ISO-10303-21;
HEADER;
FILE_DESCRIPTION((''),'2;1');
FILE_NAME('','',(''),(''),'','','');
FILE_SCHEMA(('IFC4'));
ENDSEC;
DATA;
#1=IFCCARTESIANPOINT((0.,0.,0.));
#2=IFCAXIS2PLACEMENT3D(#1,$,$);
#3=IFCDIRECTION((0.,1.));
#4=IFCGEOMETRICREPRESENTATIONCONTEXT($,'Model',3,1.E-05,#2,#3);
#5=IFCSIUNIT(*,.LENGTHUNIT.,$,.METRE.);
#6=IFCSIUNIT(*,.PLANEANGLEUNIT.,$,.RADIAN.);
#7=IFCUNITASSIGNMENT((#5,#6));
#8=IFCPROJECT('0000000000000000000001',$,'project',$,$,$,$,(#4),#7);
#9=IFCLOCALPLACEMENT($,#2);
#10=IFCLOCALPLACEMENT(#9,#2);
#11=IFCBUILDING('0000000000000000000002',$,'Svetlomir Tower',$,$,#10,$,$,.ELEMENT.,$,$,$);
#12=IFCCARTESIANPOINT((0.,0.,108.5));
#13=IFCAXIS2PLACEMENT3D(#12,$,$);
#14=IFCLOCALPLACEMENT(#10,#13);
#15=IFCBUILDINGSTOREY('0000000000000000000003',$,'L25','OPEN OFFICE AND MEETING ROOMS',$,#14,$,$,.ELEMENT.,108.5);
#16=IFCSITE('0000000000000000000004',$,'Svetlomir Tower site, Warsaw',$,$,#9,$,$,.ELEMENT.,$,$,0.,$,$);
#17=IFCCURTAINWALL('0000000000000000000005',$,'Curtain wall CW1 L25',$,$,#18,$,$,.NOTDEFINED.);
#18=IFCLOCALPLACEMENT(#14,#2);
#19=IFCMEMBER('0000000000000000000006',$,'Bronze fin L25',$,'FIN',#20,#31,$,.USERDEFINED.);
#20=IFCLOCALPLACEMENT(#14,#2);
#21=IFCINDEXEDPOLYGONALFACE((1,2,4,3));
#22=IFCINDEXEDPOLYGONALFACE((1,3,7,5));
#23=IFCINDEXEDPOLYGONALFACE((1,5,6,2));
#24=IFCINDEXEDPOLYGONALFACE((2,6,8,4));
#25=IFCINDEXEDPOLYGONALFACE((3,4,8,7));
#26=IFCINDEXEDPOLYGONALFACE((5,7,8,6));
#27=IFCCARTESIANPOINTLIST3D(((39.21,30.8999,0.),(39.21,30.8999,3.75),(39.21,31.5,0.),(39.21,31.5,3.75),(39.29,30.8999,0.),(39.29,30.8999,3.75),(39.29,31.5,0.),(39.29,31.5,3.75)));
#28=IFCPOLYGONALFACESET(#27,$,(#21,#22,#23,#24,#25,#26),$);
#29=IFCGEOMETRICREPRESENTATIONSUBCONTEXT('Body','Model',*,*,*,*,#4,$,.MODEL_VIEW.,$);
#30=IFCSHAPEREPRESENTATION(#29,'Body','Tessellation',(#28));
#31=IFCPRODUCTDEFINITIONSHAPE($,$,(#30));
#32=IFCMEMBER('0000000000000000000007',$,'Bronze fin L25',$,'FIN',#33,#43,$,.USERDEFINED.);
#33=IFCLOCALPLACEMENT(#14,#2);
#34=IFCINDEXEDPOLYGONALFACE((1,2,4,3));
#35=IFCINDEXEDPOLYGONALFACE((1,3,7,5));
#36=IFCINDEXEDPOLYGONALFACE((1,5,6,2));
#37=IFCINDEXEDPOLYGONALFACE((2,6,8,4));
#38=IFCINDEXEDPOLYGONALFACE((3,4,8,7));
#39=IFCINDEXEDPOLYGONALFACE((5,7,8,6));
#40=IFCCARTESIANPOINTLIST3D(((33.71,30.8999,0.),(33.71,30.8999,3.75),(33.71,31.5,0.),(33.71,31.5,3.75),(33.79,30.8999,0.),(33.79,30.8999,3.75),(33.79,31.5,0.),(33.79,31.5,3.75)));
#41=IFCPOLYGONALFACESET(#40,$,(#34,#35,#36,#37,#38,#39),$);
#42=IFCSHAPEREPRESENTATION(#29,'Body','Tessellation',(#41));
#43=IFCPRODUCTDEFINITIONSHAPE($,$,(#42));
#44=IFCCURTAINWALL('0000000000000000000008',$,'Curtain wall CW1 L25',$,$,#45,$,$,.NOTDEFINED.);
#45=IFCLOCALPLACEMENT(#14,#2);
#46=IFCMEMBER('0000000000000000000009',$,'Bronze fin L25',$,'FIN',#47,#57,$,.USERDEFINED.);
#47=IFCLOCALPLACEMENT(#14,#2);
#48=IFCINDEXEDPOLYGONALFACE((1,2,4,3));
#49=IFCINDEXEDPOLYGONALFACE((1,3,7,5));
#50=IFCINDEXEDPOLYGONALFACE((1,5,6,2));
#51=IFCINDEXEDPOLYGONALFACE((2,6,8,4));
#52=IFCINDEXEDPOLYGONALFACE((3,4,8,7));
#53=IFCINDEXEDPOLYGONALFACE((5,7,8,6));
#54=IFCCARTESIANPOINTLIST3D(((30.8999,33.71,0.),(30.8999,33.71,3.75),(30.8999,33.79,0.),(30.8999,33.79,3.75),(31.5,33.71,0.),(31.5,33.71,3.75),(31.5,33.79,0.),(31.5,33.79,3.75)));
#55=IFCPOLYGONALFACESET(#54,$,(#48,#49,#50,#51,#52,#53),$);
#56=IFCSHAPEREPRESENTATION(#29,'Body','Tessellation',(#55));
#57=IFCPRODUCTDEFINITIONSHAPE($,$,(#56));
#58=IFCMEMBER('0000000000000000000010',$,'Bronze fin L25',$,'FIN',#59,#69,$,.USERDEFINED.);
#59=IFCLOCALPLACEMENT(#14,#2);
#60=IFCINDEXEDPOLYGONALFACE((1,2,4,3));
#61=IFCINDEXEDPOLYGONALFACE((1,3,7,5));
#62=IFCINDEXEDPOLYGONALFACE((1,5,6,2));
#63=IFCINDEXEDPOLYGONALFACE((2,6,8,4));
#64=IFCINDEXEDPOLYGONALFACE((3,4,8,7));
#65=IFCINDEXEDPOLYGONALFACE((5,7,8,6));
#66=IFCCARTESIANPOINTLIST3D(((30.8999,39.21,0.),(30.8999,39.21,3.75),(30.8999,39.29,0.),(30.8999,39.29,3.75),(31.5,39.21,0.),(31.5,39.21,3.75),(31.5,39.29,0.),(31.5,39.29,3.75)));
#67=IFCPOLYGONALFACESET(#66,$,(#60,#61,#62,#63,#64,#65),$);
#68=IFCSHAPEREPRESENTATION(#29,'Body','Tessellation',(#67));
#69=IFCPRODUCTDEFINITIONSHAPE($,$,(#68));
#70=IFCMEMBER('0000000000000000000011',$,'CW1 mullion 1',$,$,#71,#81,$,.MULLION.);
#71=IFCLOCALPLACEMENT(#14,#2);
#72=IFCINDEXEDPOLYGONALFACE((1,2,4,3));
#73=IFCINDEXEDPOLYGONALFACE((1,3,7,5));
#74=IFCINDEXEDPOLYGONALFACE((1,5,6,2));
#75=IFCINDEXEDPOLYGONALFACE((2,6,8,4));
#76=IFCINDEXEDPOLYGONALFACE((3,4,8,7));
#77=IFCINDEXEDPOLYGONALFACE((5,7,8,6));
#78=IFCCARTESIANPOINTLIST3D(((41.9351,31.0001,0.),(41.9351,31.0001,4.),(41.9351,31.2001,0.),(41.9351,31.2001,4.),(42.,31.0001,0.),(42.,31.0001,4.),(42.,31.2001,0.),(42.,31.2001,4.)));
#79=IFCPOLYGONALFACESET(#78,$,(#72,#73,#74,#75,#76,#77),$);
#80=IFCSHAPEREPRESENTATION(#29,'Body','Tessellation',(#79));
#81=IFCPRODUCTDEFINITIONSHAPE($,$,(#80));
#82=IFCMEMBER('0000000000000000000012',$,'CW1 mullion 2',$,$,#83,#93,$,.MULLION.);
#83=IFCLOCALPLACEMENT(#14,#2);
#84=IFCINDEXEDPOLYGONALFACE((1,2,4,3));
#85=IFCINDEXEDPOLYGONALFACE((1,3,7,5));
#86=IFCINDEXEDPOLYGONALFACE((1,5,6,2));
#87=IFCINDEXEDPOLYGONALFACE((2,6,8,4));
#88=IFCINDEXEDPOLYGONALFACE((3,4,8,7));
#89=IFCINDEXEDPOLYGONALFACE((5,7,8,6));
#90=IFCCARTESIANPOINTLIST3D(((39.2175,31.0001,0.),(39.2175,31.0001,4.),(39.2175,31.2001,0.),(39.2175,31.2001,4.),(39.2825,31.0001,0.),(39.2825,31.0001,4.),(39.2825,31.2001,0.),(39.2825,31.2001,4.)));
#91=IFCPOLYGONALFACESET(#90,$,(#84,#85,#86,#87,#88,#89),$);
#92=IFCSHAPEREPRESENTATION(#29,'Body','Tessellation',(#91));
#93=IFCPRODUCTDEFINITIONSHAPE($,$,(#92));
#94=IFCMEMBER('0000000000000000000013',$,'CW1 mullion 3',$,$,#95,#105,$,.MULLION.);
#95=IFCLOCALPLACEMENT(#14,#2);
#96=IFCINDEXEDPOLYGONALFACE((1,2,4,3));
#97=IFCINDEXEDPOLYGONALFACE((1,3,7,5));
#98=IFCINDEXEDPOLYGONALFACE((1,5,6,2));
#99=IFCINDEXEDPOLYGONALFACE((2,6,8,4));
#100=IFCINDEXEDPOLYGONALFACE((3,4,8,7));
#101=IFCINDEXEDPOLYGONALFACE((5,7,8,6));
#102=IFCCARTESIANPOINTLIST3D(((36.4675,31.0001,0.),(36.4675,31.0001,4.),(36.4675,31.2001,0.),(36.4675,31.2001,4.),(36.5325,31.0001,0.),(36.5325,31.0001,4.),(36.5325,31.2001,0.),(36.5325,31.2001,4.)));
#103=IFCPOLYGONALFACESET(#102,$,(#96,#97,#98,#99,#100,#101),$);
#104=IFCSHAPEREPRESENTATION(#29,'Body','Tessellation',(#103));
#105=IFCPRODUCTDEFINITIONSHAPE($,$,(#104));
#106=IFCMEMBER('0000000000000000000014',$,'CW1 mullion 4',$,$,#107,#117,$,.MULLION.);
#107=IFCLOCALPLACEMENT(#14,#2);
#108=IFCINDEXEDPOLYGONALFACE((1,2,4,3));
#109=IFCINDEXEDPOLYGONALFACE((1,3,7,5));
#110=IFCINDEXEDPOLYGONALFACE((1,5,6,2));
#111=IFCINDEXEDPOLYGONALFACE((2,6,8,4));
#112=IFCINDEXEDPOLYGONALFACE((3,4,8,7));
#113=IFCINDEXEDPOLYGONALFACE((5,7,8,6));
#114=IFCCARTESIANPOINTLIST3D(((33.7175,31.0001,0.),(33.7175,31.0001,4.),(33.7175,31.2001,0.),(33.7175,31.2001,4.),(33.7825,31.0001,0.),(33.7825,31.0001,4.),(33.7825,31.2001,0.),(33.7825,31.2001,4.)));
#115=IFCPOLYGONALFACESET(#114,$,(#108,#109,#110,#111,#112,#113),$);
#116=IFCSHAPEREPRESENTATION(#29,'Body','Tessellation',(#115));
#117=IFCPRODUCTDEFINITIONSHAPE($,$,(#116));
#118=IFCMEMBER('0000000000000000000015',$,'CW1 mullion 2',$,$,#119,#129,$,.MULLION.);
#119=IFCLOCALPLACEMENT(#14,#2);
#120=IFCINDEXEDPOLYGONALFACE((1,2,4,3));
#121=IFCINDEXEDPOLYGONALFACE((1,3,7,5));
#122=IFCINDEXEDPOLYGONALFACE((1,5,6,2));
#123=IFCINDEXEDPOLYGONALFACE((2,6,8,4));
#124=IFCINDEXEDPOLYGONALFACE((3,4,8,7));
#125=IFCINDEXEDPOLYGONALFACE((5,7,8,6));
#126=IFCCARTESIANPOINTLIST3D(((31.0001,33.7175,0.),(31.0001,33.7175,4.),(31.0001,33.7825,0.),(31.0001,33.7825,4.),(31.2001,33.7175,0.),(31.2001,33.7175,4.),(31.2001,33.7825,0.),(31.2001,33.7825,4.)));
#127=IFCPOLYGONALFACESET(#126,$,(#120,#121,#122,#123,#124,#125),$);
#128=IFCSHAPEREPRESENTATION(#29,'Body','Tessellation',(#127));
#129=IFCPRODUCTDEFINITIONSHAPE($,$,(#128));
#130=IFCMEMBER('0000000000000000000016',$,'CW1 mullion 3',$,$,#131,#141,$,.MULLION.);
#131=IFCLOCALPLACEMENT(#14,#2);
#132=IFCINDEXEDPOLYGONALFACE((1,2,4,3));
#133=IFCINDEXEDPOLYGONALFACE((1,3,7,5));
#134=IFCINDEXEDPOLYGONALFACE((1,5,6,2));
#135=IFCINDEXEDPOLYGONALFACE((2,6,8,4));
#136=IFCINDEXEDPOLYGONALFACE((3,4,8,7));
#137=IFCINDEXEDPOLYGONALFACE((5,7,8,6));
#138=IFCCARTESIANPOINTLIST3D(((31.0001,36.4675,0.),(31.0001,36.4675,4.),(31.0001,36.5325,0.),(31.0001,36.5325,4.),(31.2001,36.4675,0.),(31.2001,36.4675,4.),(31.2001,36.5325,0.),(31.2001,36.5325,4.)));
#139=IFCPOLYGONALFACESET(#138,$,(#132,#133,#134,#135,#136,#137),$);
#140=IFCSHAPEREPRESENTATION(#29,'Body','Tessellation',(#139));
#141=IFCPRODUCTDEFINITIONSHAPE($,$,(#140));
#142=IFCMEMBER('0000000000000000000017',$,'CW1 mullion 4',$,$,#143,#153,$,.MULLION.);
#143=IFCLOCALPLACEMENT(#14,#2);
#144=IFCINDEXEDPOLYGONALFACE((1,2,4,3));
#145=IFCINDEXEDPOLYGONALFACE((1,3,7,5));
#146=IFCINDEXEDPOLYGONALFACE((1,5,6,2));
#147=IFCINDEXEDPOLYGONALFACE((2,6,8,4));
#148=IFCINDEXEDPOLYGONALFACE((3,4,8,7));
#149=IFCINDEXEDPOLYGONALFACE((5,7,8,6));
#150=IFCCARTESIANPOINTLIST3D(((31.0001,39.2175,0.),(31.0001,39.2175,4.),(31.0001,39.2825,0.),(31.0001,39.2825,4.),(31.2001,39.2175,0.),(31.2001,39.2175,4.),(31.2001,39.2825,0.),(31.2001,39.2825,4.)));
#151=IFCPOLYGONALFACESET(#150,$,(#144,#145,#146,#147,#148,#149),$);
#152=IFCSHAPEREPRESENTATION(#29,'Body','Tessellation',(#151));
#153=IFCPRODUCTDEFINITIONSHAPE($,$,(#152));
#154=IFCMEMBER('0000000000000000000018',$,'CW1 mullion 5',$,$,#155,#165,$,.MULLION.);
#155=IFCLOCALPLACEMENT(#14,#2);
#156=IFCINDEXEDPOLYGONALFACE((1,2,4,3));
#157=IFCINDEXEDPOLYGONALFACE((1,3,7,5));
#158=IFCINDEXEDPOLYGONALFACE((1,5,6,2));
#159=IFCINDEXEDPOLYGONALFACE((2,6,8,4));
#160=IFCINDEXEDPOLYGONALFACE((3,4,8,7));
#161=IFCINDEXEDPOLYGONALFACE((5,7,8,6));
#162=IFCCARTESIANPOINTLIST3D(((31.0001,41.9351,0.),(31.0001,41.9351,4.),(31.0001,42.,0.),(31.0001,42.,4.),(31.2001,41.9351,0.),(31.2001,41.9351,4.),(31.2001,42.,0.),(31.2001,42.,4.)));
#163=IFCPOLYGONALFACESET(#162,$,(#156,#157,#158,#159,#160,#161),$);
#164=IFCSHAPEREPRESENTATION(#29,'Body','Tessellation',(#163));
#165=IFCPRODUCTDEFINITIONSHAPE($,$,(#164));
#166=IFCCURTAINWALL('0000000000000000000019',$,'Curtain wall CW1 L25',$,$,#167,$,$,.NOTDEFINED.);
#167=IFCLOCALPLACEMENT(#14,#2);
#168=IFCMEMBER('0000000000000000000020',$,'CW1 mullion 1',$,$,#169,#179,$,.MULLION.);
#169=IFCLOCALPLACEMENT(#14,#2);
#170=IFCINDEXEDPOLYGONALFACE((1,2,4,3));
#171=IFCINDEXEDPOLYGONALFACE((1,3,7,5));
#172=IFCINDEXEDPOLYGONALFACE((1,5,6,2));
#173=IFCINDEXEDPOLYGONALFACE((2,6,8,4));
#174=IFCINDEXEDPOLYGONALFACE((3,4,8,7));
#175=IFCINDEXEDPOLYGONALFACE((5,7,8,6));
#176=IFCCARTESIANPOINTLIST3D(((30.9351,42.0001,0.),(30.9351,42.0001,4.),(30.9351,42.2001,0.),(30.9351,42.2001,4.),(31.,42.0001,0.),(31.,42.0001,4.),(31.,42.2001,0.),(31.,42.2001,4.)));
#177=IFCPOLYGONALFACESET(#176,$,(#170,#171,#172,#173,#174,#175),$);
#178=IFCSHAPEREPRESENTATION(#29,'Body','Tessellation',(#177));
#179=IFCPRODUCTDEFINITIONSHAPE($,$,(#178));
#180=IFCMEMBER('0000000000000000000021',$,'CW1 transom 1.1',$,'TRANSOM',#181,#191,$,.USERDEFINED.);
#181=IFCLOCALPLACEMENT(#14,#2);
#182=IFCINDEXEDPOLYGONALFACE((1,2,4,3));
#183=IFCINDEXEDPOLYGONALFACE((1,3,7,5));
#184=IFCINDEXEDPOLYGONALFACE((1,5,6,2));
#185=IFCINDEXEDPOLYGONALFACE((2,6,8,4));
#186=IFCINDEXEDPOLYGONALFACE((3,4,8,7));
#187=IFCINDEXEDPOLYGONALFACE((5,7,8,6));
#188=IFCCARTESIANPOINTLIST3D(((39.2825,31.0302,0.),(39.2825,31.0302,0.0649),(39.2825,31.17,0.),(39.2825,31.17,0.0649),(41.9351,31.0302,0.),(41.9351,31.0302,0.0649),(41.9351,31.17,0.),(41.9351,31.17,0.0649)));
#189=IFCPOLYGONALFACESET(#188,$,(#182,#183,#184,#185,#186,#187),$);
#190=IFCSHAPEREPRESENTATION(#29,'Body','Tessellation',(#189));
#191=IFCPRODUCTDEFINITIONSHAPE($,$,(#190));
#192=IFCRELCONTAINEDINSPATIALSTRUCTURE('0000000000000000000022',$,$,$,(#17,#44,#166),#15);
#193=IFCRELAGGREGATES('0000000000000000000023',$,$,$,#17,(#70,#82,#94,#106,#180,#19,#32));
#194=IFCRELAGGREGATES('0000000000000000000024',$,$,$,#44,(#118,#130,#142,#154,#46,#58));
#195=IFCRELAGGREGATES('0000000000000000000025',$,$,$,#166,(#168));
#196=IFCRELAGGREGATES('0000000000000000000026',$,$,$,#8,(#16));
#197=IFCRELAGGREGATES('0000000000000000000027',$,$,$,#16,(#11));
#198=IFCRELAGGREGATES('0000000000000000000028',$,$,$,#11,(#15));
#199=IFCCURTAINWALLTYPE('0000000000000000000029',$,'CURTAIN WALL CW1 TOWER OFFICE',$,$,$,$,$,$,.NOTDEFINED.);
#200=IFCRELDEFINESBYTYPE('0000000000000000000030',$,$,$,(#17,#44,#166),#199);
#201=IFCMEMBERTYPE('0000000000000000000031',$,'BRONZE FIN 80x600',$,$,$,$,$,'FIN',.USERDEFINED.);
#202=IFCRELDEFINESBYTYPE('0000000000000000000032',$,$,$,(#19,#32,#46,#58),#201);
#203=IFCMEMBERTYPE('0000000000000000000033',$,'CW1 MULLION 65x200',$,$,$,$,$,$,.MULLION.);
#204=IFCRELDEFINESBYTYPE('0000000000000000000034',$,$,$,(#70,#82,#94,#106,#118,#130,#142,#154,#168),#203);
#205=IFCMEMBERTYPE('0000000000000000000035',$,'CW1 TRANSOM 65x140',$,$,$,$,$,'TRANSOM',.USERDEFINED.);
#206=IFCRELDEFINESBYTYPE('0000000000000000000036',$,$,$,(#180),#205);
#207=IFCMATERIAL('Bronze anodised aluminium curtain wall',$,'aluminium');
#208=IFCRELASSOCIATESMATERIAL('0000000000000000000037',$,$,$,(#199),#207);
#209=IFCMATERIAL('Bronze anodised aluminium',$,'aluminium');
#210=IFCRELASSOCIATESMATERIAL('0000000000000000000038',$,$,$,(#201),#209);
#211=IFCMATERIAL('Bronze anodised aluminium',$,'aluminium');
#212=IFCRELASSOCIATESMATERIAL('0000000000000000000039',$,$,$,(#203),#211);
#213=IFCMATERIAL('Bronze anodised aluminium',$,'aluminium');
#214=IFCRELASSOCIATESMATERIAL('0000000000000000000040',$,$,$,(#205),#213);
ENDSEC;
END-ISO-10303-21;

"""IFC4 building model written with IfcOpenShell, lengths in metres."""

from ifc_helpers import new_model, si_unit, direction, frame, origin, origin_2d, place, context, subcontext, project, spatial, rectangle, extrude, material, material_profile, profile_set, type_object, element, aggregate, save


model = new_model("IFC4")

# Units and contexts
model_context = context("Model", 3, precision=1e-05, world=origin(), true_north=direction((0.0, 1.0)))
body_context = subcontext(model_context, "Body", "Model", "MODEL_VIEW")
ifc_project = project(units=[si_unit("LENGTHUNIT", "METRE"), si_unit("PLANEANGLEUNIT", "RADIAN")], contexts=[model_context])

# Site, building, storey
site_placement = place(None, origin())
site = spatial("IfcSite", under=ifc_project, at=site_placement, Name="Svetlomir Tower site, Warsaw", CompositionType="ELEMENT", RefElevation=0.0)
building_placement = place(site_placement, origin())
building = spatial("IfcBuilding", under=site, at=building_placement, Name="Svetlomir Tower", CompositionType="ELEMENT")
storey_placement = place(building_placement, frame((0.0, 0.0, 108.5)))
storey = spatial("IfcBuildingStorey", under=building, at=storey_placement, Name="L25", Description="OPEN OFFICE AND MEETING ROOMS", CompositionType="ELEMENT", Elevation=108.5)

# Curtain walls, members
ifc_material_1 = material(Name="Bronze anodised aluminium curtain wall", Category="aluminium")
curtain_wall_type = type_object("IfcCurtainWallType", Name="CURTAIN WALL CW1 TOWER OFFICE", PredefinedType="NOTDEFINED", material=ifc_material_1)
curtain_wall_1_placement = place(storey_placement, origin())
curtain_wall_1 = element("IfcCurtainWall", 1, at=curtain_wall_1_placement, inside=storey, type_object=curtain_wall_type, Name="Curtain wall CW1 L25", PredefinedType="NOTDEFINED")
ifc_material_2 = material(Name="Bronze anodised aluminium", Category="aluminium")
ifc_material_profile_1 = material_profile(ifc_material_2, rectangle(XDim=0.0801, YDim=0.6001, at=origin_2d()), Name="FIN 80x600")
ifc_profile_set_1 = profile_set([ifc_material_profile_1], Name="Bronze anodised aluminium 6063-T6")
member_type_1 = type_object("IfcMemberType", Name="BRONZE FIN 80x600", ElementType="FIN", PredefinedType="USERDEFINED", material=ifc_profile_set_1)
member_1_placement = place(storey_placement, frame((39.25, 31.2, 0.0), z_axis=(0.0, 0.0, 1.0), x_axis=(1.0, 0.0, 0.0)))
member_1 = element("IfcMember", 2, at=member_1_placement, type_object=member_type_1, Name="Bronze fin L25", ObjectType="FIN", PredefinedType="USERDEFINED", context=body_context, shape_type="SweptSolid", body=[
    extrude(rectangle(XDim=0.0801, YDim=0.6001, at=origin_2d()), origin(), (0.0, 0.0, 1.0), 3.75),
])
member_2_placement = place(storey_placement, frame((33.75, 31.2, 0.0), z_axis=(0.0, 0.0, 1.0), x_axis=(1.0, 0.0, 0.0)))
member_2 = element("IfcMember", 3, at=member_2_placement, type_object=member_type_1, Name="Bronze fin L25", ObjectType="FIN", PredefinedType="USERDEFINED", context=body_context, shape_type="SweptSolid", body=[
    extrude(rectangle(XDim=0.0801, YDim=0.6001, at=origin_2d()), origin(), (0.0, 0.0, 1.0), 3.75),
])
curtain_wall_2_placement = place(storey_placement, origin())
curtain_wall_2 = element("IfcCurtainWall", 4, at=curtain_wall_2_placement, inside=storey, type_object=curtain_wall_type, Name="Curtain wall CW1 L25", PredefinedType="NOTDEFINED")
member_3_placement = place(storey_placement, frame((31.2, 33.75, 0.0), z_axis=(0.0, 0.0, 1.0), x_axis=(0.0, 1.0, 0.0)))
member_3 = element("IfcMember", 5, at=member_3_placement, type_object=member_type_1, Name="Bronze fin L25", ObjectType="FIN", PredefinedType="USERDEFINED", context=body_context, shape_type="SweptSolid", body=[
    extrude(rectangle(XDim=0.0801, YDim=0.6001, at=origin_2d()), origin(), (0.0, 0.0, 1.0), 3.75),
])
member_4_placement = place(storey_placement, frame((31.2, 39.25, 0.0), z_axis=(0.0, 0.0, 1.0), x_axis=(0.0, 1.0, 0.0)))
member_4 = element("IfcMember", 6, at=member_4_placement, type_object=member_type_1, Name="Bronze fin L25", ObjectType="FIN", PredefinedType="USERDEFINED", context=body_context, shape_type="SweptSolid", body=[
    extrude(rectangle(XDim=0.0801, YDim=0.6001, at=origin_2d()), origin(), (0.0, 0.0, 1.0), 3.75),
])

# Members
ifc_material_3 = material(Name="Bronze anodised aluminium", Category="aluminium")
ifc_material_profile_2 = material_profile(ifc_material_3, rectangle(XDim=0.0649, YDim=0.2, at=origin_2d()), Name="AL 65x200")
ifc_profile_set_2 = profile_set([ifc_material_profile_2], Name="Bronze anodised aluminium 6063-T6")
member_type_2 = type_object("IfcMemberType", Name="CW1 MULLION 65x200", PredefinedType="MULLION", material=ifc_profile_set_2)
member_5_placement = place(storey_placement, frame((41.9675, 31.1001, 0.0), z_axis=(0.0, 0.0, 1.0), x_axis=(-1.0, 0.0, 0.0)))
member_5 = element("IfcMember", 7, at=member_5_placement, type_object=member_type_2, Name="CW1 mullion 1", PredefinedType="MULLION", context=body_context, shape_type="SweptSolid", body=[
    extrude(rectangle(XDim=0.0649, YDim=0.2, at=origin_2d()), origin(), (0.0, 0.0, 1.0), 4.0),
])
member_6_placement = place(storey_placement, frame((39.25, 31.1001, 0.0), z_axis=(0.0, 0.0, 1.0), x_axis=(-1.0, 0.0, 0.0)))
member_6 = element("IfcMember", 8, at=member_6_placement, type_object=member_type_2, Name="CW1 mullion 2", PredefinedType="MULLION", context=body_context, shape_type="SweptSolid", body=[
    extrude(rectangle(XDim=0.0649, YDim=0.2, at=origin_2d()), origin(), (0.0, 0.0, 1.0), 4.0),
])
member_7_placement = place(storey_placement, frame((36.5, 31.1001, 0.0), z_axis=(0.0, 0.0, 1.0), x_axis=(-1.0, 0.0, 0.0)))
member_7 = element("IfcMember", 9, at=member_7_placement, type_object=member_type_2, Name="CW1 mullion 3", PredefinedType="MULLION", context=body_context, shape_type="SweptSolid", body=[
    extrude(rectangle(XDim=0.0649, YDim=0.2, at=origin_2d()), origin(), (0.0, 0.0, 1.0), 4.0),
])
member_8_placement = place(storey_placement, frame((33.75, 31.1001, 0.0), z_axis=(0.0, 0.0, 1.0), x_axis=(-1.0, 0.0, 0.0)))
member_8 = element("IfcMember", 10, at=member_8_placement, type_object=member_type_2, Name="CW1 mullion 4", PredefinedType="MULLION", context=body_context, shape_type="SweptSolid", body=[
    extrude(rectangle(XDim=0.0649, YDim=0.2, at=origin_2d()), origin(), (0.0, 0.0, 1.0), 4.0),
])
member_9_placement = place(storey_placement, frame((31.1001, 33.75, 0.0), z_axis=(0.0, 0.0, 1.0), x_axis=(0.0, 1.0, 0.0)))
member_9 = element("IfcMember", 11, at=member_9_placement, type_object=member_type_2, Name="CW1 mullion 2", PredefinedType="MULLION", context=body_context, shape_type="SweptSolid", body=[
    extrude(rectangle(XDim=0.0649, YDim=0.2, at=origin_2d()), origin(), (0.0, 0.0, 1.0), 4.0),
])
member_10_placement = place(storey_placement, frame((31.1001, 36.5, 0.0), z_axis=(0.0, 0.0, 1.0), x_axis=(0.0, 1.0, 0.0)))
member_10 = element("IfcMember", 12, at=member_10_placement, type_object=member_type_2, Name="CW1 mullion 3", PredefinedType="MULLION", context=body_context, shape_type="SweptSolid", body=[
    extrude(rectangle(XDim=0.0649, YDim=0.2, at=origin_2d()), origin(), (0.0, 0.0, 1.0), 4.0),
])
member_11_placement = place(storey_placement, frame((31.1001, 39.25, 0.0), z_axis=(0.0, 0.0, 1.0), x_axis=(0.0, 1.0, 0.0)))
member_11 = element("IfcMember", 13, at=member_11_placement, type_object=member_type_2, Name="CW1 mullion 4", PredefinedType="MULLION", context=body_context, shape_type="SweptSolid", body=[
    extrude(rectangle(XDim=0.0649, YDim=0.2, at=origin_2d()), origin(), (0.0, 0.0, 1.0), 4.0),
])
member_12_placement = place(storey_placement, frame((31.1001, 41.9675, 0.0), z_axis=(0.0, 0.0, 1.0), x_axis=(0.0, 1.0, 0.0)))
member_12 = element("IfcMember", 14, at=member_12_placement, type_object=member_type_2, Name="CW1 mullion 5", PredefinedType="MULLION", context=body_context, shape_type="SweptSolid", body=[
    extrude(rectangle(XDim=0.0649, YDim=0.2, at=origin_2d()), origin(), (0.0, 0.0, 1.0), 4.0),
])

# Curtain wall, member
curtain_wall_3_placement = place(storey_placement, origin())
curtain_wall_3 = element("IfcCurtainWall", 15, at=curtain_wall_3_placement, inside=storey, type_object=curtain_wall_type, Name="Curtain wall CW1 L25", PredefinedType="NOTDEFINED")
member_13_placement = place(storey_placement, frame((30.9675, 42.1001, 0.0), z_axis=(0.0, 0.0, 1.0), x_axis=(-1.0, 0.0, 0.0)))
member_13 = element("IfcMember", 16, at=member_13_placement, type_object=member_type_2, Name="CW1 mullion 1", PredefinedType="MULLION", context=body_context, shape_type="SweptSolid", body=[
    extrude(rectangle(XDim=0.0649, YDim=0.2, at=origin_2d()), origin(), (0.0, 0.0, 1.0), 4.0),
])

# Member
ifc_material_4 = material(Name="Bronze anodised aluminium", Category="aluminium")
ifc_material_profile_3 = material_profile(ifc_material_4, rectangle(XDim=0.1399, YDim=0.0649, at=origin_2d()), Name="AL 140x65")
ifc_profile_set_3 = profile_set([ifc_material_profile_3], Name="Bronze anodised aluminium 6063-T6")
member_type_3 = type_object("IfcMemberType", Name="CW1 TRANSOM 65x140", ElementType="TRANSOM", PredefinedType="USERDEFINED", material=ifc_profile_set_3)
member_14_placement = place(storey_placement, frame((41.9351, 31.1001, 0.0325), z_axis=(-1.0, 0.0, 0.0), x_axis=(0.0, -1.0, 0.0)))
member_14 = element("IfcMember", 17, at=member_14_placement, type_object=member_type_3, Name="CW1 transom 1.1", ObjectType="TRANSOM", PredefinedType="USERDEFINED", context=body_context, shape_type="SweptSolid", body=[
    extrude(rectangle(XDim=0.1399, YDim=0.0649, at=origin_2d()), origin(), (0.0, 0.0, 1.0), 2.6526),
])

aggregate(curtain_wall_1, [member_5, member_6, member_7, member_8, member_14, member_1, member_2])
aggregate(curtain_wall_2, [member_9, member_10, member_11, member_12, member_3, member_4])
aggregate(curtain_wall_3, [member_13])

save(model, "model.ifc")
